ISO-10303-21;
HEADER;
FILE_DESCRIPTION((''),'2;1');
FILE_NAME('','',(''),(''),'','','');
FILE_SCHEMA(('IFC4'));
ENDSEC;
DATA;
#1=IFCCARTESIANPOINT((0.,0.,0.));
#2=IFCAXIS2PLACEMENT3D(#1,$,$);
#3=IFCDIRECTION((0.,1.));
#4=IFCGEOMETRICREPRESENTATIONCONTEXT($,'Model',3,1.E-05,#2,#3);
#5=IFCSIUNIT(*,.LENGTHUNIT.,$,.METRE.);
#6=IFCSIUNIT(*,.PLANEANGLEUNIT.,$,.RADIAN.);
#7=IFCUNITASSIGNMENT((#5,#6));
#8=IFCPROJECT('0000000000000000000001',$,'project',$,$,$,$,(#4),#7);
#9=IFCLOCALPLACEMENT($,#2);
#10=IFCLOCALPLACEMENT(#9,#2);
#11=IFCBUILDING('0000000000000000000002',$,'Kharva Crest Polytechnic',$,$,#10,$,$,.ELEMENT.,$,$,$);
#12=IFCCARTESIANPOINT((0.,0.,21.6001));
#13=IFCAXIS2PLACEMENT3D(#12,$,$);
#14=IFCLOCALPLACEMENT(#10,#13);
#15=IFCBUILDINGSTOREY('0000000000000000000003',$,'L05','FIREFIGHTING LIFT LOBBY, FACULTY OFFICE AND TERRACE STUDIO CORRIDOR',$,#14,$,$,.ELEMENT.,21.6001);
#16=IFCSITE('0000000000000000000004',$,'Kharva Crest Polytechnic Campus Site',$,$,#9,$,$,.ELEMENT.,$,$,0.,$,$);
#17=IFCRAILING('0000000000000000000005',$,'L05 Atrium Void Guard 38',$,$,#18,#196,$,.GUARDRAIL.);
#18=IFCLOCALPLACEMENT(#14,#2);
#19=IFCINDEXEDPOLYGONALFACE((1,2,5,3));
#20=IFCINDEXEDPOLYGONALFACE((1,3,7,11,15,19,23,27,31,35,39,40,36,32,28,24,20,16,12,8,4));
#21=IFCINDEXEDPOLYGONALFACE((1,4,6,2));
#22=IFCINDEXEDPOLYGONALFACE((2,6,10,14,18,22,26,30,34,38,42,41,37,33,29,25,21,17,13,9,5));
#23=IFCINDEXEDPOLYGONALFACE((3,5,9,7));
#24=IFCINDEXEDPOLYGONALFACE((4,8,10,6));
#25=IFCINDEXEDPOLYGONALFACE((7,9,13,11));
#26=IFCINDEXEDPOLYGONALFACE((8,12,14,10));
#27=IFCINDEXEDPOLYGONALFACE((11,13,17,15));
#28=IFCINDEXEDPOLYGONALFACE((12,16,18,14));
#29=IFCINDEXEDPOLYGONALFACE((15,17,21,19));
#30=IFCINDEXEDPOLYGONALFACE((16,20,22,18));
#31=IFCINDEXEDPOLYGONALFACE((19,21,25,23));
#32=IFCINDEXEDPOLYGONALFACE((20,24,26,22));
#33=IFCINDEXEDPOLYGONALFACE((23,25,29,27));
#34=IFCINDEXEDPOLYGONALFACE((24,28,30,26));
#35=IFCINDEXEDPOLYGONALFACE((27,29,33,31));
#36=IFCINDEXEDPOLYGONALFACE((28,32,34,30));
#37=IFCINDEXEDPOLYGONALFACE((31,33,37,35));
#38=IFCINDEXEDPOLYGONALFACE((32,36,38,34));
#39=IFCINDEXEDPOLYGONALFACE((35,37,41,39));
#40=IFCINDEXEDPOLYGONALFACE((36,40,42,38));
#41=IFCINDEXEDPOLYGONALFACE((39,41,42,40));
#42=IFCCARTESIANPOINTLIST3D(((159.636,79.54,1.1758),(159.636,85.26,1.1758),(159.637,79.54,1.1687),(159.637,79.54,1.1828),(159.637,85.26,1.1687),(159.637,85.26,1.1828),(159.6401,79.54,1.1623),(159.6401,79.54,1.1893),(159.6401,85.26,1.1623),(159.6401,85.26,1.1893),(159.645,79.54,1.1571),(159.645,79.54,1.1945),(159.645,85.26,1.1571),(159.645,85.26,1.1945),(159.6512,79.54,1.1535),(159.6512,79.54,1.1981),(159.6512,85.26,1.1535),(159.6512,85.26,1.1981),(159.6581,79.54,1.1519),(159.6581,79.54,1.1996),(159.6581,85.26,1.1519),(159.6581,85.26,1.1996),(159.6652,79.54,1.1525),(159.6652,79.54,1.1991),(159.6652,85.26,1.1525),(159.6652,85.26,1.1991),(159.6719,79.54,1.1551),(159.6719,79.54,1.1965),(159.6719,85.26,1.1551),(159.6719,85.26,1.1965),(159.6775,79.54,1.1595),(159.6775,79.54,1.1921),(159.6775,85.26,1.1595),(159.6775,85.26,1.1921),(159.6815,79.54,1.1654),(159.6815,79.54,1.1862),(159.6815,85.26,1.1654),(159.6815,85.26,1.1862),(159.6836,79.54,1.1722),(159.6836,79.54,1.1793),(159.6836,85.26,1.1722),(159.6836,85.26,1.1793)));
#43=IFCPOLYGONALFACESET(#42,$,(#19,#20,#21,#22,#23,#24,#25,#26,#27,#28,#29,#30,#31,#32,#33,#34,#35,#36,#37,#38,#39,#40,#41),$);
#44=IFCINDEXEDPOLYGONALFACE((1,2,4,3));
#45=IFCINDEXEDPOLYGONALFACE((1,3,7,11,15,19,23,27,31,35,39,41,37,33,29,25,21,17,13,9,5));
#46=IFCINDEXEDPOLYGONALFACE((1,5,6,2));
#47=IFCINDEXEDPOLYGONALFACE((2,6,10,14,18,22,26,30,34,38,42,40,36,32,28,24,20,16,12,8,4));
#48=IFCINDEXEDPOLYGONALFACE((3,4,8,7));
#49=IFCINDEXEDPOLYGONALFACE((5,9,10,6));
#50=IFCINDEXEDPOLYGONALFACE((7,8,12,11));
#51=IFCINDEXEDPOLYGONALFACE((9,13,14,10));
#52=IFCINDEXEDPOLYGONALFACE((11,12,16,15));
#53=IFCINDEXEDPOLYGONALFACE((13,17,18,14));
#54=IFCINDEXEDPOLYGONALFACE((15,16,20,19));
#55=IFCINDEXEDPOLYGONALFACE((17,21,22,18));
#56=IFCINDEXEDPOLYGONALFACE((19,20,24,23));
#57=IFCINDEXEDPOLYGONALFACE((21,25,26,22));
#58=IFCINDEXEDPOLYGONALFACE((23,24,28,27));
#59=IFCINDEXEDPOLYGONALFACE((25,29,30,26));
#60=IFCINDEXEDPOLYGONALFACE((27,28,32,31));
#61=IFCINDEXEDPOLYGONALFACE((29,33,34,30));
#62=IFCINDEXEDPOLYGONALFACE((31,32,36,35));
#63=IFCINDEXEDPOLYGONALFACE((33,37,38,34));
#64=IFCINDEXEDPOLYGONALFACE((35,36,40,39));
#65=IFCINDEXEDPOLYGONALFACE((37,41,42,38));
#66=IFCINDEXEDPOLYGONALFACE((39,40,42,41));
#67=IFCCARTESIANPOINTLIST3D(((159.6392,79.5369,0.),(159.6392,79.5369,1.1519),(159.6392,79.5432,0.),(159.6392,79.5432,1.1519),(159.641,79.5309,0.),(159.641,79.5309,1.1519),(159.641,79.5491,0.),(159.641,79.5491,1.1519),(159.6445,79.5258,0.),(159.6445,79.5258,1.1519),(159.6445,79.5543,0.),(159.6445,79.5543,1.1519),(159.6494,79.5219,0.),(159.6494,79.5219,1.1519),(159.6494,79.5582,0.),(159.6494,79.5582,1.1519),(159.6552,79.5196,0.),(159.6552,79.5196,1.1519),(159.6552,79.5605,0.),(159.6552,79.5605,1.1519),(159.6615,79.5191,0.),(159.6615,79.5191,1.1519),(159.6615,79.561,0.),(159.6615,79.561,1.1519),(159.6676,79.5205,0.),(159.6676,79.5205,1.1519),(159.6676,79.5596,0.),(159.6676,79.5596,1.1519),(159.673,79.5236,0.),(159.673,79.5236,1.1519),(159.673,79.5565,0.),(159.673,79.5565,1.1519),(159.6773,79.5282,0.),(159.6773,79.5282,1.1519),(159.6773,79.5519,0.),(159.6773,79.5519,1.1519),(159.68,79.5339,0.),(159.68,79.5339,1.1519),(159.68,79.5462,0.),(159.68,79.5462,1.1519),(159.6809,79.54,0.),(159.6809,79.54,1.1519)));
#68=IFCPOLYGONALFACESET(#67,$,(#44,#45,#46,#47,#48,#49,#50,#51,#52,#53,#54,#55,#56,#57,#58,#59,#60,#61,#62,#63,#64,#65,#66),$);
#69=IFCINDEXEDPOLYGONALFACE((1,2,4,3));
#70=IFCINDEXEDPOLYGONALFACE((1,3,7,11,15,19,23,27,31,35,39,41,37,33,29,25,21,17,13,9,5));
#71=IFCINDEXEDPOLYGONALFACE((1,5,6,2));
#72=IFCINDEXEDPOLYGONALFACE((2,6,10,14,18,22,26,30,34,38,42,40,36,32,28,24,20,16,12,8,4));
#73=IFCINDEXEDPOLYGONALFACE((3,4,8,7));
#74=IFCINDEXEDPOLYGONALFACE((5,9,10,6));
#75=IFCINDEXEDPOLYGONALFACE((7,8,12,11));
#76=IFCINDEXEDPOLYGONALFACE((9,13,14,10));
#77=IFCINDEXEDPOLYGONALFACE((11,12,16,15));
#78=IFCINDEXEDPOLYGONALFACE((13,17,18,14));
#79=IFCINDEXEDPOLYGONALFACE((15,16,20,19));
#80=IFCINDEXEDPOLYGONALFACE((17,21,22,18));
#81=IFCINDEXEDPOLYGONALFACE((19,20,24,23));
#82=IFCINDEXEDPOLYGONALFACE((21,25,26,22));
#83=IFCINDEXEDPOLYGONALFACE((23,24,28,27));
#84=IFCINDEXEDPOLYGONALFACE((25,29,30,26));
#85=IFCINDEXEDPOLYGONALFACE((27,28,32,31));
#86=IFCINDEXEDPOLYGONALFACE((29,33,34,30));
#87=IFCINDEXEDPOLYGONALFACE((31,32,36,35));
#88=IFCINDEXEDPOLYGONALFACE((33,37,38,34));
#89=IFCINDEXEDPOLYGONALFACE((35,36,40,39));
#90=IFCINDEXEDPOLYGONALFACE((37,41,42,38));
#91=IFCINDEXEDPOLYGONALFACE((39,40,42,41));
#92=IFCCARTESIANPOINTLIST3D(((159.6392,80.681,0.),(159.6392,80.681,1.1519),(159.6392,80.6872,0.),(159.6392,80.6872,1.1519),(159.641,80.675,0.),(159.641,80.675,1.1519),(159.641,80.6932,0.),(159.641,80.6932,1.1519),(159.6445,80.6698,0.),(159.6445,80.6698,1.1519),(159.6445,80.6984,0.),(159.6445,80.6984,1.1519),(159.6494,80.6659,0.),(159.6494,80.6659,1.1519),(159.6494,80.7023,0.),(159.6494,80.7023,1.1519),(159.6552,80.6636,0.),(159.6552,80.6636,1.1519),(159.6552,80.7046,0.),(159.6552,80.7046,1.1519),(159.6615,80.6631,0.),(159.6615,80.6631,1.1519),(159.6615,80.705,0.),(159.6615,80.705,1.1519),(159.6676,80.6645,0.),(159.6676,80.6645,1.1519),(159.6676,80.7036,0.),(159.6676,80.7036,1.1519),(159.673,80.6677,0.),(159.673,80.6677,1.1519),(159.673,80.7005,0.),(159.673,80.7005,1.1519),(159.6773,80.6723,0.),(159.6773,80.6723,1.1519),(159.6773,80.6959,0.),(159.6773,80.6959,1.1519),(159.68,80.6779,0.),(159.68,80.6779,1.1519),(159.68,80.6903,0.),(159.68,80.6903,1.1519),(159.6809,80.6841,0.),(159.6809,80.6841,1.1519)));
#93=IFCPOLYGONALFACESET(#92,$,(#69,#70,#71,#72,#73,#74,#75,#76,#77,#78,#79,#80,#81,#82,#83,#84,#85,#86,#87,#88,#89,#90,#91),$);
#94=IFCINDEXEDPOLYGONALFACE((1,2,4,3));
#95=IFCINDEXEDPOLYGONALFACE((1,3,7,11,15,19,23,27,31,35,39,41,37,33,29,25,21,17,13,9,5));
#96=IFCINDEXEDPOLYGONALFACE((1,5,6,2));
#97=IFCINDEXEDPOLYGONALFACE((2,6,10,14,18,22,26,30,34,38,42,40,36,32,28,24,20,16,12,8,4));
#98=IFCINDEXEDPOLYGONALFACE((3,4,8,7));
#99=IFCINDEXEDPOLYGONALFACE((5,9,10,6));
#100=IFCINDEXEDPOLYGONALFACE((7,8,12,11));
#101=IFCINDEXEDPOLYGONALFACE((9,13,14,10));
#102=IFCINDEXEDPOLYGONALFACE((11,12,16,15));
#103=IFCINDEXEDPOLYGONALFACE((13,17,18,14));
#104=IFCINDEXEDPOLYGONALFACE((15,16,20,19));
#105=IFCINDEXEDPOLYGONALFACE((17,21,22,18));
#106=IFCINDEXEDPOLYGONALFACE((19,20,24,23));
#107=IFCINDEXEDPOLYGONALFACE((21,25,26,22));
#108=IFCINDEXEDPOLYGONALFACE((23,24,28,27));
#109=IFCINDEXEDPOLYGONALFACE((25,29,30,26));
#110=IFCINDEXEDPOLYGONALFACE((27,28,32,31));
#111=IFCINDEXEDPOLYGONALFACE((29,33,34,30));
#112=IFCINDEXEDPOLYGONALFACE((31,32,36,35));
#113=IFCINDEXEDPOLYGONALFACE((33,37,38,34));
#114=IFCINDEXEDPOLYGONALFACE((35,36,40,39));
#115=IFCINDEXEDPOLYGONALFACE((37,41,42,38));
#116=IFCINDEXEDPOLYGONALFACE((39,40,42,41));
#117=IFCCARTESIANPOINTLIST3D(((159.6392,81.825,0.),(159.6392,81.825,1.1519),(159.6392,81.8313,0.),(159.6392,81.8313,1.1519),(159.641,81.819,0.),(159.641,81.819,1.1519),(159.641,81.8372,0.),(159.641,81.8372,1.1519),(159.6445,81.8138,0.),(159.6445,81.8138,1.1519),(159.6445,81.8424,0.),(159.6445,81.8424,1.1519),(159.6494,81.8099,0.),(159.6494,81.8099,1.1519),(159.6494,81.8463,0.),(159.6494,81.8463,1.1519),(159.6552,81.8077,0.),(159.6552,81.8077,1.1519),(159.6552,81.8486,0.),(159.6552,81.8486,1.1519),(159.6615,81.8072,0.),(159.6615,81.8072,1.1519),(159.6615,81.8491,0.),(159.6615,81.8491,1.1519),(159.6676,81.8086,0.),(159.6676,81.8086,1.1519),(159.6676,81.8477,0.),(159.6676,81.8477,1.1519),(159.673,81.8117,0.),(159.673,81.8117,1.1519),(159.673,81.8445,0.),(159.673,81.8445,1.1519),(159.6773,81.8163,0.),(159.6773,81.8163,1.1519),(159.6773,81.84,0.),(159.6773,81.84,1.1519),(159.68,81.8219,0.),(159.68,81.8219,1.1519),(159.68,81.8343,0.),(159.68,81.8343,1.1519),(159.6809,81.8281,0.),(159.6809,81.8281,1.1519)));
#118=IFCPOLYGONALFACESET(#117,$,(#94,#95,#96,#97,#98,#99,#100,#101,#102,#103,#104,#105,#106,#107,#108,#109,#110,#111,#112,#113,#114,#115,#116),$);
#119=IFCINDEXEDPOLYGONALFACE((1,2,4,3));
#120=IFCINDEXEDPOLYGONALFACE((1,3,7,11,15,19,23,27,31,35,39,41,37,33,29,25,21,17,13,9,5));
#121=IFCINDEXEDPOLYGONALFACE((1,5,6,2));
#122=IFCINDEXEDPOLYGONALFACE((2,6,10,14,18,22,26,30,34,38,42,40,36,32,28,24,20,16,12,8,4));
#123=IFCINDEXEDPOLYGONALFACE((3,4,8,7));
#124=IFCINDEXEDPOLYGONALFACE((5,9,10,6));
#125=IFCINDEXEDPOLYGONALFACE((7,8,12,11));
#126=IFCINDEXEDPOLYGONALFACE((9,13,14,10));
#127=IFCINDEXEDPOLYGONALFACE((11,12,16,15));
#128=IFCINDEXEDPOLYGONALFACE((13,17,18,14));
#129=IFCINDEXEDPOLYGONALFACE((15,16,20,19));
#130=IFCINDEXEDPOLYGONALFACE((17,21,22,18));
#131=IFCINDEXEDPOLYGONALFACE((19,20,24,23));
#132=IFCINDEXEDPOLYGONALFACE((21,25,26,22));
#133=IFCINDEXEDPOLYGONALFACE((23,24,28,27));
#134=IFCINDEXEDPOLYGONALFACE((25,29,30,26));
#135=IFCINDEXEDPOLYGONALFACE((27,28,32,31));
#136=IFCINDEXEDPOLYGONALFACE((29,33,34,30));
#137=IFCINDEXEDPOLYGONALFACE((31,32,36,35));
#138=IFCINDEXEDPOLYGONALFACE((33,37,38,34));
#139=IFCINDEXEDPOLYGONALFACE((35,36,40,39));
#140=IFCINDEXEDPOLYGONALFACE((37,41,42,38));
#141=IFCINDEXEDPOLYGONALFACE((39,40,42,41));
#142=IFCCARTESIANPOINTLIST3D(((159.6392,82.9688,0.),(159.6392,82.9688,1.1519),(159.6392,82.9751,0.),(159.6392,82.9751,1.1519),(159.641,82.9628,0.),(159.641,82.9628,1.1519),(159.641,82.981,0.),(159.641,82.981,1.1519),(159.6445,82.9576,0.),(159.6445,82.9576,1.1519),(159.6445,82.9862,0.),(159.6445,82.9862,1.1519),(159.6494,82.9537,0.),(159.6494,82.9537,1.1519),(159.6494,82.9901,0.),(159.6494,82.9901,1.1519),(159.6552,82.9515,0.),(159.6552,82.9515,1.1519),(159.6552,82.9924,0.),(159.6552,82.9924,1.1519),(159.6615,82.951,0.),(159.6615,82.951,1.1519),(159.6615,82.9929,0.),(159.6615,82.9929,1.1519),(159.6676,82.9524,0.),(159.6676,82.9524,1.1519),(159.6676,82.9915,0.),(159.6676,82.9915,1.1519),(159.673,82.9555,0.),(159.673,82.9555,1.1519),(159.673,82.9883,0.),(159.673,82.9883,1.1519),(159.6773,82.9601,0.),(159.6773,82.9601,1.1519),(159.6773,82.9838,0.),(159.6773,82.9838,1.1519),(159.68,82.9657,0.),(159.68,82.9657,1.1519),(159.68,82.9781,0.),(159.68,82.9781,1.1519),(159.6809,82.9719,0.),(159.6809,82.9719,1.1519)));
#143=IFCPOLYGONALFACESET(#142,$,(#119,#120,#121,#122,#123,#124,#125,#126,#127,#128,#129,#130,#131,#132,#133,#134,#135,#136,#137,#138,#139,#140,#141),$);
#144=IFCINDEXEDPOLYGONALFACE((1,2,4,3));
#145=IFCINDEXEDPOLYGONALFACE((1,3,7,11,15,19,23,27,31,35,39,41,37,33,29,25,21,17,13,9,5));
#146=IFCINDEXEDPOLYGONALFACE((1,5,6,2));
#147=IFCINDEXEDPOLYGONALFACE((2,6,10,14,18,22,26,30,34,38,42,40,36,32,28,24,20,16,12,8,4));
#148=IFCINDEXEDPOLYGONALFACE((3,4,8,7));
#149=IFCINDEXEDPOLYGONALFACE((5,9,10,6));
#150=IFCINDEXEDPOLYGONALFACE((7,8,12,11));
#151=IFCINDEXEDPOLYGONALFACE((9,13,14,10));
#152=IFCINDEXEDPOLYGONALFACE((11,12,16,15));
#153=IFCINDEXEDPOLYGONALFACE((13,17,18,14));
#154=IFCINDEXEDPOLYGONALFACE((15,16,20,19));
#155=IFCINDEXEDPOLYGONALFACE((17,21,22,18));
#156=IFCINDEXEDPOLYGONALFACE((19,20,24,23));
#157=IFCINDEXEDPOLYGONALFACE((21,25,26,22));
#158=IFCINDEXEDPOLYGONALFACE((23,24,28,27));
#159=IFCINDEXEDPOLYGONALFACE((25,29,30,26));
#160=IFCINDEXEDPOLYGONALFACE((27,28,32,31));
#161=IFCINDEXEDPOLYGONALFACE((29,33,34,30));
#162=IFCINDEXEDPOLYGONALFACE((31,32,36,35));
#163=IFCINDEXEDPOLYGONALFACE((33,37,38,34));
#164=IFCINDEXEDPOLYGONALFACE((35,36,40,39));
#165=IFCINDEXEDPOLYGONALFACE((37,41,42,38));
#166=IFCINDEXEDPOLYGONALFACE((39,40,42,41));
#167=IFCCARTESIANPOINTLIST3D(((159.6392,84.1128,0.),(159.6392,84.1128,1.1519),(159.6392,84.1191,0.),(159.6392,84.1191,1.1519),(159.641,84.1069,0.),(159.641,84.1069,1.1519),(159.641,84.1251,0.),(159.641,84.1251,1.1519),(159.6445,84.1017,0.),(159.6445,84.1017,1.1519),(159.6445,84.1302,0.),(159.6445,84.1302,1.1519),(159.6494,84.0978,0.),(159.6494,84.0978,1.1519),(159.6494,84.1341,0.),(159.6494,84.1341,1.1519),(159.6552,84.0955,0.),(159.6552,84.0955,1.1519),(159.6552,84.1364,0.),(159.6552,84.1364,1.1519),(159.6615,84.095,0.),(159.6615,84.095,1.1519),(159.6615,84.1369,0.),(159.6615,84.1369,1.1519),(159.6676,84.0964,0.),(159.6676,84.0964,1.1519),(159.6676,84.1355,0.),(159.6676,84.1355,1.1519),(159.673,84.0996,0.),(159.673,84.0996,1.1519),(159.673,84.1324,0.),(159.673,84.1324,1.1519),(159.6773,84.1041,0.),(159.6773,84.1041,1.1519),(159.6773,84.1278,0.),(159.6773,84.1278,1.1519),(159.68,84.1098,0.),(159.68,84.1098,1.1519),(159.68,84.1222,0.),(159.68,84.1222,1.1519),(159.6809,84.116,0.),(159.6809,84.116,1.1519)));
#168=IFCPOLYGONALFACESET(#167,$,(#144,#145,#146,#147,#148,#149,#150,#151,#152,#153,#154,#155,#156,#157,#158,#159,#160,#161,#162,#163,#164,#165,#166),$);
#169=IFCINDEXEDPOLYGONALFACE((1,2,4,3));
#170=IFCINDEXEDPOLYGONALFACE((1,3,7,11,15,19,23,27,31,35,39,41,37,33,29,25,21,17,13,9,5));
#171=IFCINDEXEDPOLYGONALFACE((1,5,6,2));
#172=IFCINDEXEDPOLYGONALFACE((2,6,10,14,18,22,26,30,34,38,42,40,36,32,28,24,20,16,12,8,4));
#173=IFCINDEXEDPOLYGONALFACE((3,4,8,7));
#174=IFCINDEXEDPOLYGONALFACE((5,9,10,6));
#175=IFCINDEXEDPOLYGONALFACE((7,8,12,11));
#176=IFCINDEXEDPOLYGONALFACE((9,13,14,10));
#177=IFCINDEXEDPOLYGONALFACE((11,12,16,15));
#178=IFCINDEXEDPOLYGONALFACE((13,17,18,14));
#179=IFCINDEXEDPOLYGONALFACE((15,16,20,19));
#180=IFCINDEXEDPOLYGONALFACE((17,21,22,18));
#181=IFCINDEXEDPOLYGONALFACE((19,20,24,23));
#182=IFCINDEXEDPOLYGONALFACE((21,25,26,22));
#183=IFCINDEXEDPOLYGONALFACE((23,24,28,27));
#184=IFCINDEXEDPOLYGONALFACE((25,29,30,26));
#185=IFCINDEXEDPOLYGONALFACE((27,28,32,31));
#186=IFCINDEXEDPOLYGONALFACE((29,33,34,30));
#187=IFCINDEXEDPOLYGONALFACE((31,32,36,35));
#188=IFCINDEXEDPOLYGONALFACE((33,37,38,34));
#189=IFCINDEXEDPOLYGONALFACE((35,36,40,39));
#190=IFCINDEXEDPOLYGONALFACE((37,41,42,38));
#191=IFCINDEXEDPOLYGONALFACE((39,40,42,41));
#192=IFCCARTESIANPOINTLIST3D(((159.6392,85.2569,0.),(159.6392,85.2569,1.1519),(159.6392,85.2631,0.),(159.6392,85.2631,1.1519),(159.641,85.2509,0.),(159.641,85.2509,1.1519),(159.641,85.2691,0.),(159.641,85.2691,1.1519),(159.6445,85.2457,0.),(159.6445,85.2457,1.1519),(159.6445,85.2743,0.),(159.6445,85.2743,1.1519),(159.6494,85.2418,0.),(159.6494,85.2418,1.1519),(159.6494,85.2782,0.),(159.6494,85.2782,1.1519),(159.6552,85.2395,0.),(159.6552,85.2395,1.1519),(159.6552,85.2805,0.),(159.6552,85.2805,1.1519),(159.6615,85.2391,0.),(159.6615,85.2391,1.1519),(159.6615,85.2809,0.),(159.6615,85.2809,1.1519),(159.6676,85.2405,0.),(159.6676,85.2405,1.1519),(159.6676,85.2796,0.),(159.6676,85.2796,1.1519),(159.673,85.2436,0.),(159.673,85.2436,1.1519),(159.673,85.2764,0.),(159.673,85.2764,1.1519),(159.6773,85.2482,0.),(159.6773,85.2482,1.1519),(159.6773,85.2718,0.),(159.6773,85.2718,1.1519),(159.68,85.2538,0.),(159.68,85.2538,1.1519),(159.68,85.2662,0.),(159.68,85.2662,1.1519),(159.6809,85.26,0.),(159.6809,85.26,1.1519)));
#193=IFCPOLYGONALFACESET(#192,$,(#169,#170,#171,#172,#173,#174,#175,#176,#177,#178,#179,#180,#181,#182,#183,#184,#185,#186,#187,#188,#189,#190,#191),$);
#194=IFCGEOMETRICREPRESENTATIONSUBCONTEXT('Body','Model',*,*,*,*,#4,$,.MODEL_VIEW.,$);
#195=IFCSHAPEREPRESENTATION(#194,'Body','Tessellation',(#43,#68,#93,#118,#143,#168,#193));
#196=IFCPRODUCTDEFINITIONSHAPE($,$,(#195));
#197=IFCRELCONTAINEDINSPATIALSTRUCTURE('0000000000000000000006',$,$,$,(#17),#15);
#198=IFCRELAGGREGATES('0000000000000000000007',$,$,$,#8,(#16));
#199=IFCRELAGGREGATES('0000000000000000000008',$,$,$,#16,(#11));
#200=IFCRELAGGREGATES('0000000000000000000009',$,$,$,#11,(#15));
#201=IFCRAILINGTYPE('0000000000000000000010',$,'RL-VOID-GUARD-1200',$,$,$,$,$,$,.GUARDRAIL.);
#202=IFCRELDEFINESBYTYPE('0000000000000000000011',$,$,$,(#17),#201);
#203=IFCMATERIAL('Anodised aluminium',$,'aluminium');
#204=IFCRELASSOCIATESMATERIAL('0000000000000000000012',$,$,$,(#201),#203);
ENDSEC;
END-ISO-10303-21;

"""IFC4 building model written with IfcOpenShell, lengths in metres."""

from ifc_helpers import new_model, si_unit, direction, frame, origin, origin_2d, place, context, subcontext, project, spatial, circle, extrude, material, type_object, element, save


model = new_model("IFC4")

# Units and contexts
model_context = context("Model", 3, precision=1e-05, world=origin(), true_north=direction((0.0, 1.0)))
body_context = subcontext(model_context, "Body", "Model", "MODEL_VIEW")
ifc_project = project(units=[si_unit("LENGTHUNIT", "METRE"), si_unit("PLANEANGLEUNIT", "RADIAN")], contexts=[model_context])

# Site, building, storey
site_placement = place(None, origin())
site = spatial("IfcSite", under=ifc_project, at=site_placement, Name="Kharva Crest Polytechnic Campus Site", CompositionType="ELEMENT", RefElevation=0.0)
building_placement = place(site_placement, origin())
building = spatial("IfcBuilding", under=site, at=building_placement, Name="Kharva Crest Polytechnic", CompositionType="ELEMENT")
storey_placement = place(building_placement, frame((0.0, 0.0, 21.6001)))
storey = spatial("IfcBuildingStorey", under=building, at=storey_placement, Name="L05", Description="FIREFIGHTING LIFT LOBBY, FACULTY OFFICE AND TERRACE STUDIO CORRIDOR", CompositionType="ELEMENT", Elevation=21.6001)

# Shared definitions
ifc_material_1 = material(Name="Anodised aluminium", Category="aluminium")

# Railing
railing_type = type_object("IfcRailingType", Name="RL-VOID-GUARD-1200", PredefinedType="GUARDRAIL", material=ifc_material_1)
railing_1_placement = place(storey_placement, frame((159.6599, 79.54, 0.0)))
element("IfcRailing", 1, at=railing_1_placement, inside=storey, type_object=railing_type, Name="L05 Atrium Void Guard 38", PredefinedType="GUARDRAIL", context=body_context, shape_type="SweptSolid", body=[
    extrude(circle(Radius=0.0239, at=origin_2d()), frame((0.0, 0.0, 1.1758), z_axis=(0.0, 1.0, 0.0), x_axis=(-1.0, 0.0, 0.0)), (0.0, 0.0, 1.0), 5.72),
    extrude(circle(Radius=0.021, at=origin_2d()), origin(), (0.0, 0.0, 1.0), 1.1519),
    extrude(circle(Radius=0.021, at=origin_2d()), frame((0.0, 1.144, 0.0)), (0.0, 0.0, 1.0), 1.1519),
    extrude(circle(Radius=0.021, at=origin_2d()), frame((0.0, 2.2881, 0.0)), (0.0, 0.0, 1.0), 1.1519),
    extrude(circle(Radius=0.021, at=origin_2d()), frame((0.0, 3.4319, 0.0)), (0.0, 0.0, 1.0), 1.1519),
    extrude(circle(Radius=0.021, at=origin_2d()), frame((0.0, 4.5759, 0.0)), (0.0, 0.0, 1.0), 1.1519),
    extrude(circle(Radius=0.021, at=origin_2d()), frame((0.0, 5.72, 0.0)), (0.0, 0.0, 1.0), 1.1519),
])

save(model, "model.ifc")
